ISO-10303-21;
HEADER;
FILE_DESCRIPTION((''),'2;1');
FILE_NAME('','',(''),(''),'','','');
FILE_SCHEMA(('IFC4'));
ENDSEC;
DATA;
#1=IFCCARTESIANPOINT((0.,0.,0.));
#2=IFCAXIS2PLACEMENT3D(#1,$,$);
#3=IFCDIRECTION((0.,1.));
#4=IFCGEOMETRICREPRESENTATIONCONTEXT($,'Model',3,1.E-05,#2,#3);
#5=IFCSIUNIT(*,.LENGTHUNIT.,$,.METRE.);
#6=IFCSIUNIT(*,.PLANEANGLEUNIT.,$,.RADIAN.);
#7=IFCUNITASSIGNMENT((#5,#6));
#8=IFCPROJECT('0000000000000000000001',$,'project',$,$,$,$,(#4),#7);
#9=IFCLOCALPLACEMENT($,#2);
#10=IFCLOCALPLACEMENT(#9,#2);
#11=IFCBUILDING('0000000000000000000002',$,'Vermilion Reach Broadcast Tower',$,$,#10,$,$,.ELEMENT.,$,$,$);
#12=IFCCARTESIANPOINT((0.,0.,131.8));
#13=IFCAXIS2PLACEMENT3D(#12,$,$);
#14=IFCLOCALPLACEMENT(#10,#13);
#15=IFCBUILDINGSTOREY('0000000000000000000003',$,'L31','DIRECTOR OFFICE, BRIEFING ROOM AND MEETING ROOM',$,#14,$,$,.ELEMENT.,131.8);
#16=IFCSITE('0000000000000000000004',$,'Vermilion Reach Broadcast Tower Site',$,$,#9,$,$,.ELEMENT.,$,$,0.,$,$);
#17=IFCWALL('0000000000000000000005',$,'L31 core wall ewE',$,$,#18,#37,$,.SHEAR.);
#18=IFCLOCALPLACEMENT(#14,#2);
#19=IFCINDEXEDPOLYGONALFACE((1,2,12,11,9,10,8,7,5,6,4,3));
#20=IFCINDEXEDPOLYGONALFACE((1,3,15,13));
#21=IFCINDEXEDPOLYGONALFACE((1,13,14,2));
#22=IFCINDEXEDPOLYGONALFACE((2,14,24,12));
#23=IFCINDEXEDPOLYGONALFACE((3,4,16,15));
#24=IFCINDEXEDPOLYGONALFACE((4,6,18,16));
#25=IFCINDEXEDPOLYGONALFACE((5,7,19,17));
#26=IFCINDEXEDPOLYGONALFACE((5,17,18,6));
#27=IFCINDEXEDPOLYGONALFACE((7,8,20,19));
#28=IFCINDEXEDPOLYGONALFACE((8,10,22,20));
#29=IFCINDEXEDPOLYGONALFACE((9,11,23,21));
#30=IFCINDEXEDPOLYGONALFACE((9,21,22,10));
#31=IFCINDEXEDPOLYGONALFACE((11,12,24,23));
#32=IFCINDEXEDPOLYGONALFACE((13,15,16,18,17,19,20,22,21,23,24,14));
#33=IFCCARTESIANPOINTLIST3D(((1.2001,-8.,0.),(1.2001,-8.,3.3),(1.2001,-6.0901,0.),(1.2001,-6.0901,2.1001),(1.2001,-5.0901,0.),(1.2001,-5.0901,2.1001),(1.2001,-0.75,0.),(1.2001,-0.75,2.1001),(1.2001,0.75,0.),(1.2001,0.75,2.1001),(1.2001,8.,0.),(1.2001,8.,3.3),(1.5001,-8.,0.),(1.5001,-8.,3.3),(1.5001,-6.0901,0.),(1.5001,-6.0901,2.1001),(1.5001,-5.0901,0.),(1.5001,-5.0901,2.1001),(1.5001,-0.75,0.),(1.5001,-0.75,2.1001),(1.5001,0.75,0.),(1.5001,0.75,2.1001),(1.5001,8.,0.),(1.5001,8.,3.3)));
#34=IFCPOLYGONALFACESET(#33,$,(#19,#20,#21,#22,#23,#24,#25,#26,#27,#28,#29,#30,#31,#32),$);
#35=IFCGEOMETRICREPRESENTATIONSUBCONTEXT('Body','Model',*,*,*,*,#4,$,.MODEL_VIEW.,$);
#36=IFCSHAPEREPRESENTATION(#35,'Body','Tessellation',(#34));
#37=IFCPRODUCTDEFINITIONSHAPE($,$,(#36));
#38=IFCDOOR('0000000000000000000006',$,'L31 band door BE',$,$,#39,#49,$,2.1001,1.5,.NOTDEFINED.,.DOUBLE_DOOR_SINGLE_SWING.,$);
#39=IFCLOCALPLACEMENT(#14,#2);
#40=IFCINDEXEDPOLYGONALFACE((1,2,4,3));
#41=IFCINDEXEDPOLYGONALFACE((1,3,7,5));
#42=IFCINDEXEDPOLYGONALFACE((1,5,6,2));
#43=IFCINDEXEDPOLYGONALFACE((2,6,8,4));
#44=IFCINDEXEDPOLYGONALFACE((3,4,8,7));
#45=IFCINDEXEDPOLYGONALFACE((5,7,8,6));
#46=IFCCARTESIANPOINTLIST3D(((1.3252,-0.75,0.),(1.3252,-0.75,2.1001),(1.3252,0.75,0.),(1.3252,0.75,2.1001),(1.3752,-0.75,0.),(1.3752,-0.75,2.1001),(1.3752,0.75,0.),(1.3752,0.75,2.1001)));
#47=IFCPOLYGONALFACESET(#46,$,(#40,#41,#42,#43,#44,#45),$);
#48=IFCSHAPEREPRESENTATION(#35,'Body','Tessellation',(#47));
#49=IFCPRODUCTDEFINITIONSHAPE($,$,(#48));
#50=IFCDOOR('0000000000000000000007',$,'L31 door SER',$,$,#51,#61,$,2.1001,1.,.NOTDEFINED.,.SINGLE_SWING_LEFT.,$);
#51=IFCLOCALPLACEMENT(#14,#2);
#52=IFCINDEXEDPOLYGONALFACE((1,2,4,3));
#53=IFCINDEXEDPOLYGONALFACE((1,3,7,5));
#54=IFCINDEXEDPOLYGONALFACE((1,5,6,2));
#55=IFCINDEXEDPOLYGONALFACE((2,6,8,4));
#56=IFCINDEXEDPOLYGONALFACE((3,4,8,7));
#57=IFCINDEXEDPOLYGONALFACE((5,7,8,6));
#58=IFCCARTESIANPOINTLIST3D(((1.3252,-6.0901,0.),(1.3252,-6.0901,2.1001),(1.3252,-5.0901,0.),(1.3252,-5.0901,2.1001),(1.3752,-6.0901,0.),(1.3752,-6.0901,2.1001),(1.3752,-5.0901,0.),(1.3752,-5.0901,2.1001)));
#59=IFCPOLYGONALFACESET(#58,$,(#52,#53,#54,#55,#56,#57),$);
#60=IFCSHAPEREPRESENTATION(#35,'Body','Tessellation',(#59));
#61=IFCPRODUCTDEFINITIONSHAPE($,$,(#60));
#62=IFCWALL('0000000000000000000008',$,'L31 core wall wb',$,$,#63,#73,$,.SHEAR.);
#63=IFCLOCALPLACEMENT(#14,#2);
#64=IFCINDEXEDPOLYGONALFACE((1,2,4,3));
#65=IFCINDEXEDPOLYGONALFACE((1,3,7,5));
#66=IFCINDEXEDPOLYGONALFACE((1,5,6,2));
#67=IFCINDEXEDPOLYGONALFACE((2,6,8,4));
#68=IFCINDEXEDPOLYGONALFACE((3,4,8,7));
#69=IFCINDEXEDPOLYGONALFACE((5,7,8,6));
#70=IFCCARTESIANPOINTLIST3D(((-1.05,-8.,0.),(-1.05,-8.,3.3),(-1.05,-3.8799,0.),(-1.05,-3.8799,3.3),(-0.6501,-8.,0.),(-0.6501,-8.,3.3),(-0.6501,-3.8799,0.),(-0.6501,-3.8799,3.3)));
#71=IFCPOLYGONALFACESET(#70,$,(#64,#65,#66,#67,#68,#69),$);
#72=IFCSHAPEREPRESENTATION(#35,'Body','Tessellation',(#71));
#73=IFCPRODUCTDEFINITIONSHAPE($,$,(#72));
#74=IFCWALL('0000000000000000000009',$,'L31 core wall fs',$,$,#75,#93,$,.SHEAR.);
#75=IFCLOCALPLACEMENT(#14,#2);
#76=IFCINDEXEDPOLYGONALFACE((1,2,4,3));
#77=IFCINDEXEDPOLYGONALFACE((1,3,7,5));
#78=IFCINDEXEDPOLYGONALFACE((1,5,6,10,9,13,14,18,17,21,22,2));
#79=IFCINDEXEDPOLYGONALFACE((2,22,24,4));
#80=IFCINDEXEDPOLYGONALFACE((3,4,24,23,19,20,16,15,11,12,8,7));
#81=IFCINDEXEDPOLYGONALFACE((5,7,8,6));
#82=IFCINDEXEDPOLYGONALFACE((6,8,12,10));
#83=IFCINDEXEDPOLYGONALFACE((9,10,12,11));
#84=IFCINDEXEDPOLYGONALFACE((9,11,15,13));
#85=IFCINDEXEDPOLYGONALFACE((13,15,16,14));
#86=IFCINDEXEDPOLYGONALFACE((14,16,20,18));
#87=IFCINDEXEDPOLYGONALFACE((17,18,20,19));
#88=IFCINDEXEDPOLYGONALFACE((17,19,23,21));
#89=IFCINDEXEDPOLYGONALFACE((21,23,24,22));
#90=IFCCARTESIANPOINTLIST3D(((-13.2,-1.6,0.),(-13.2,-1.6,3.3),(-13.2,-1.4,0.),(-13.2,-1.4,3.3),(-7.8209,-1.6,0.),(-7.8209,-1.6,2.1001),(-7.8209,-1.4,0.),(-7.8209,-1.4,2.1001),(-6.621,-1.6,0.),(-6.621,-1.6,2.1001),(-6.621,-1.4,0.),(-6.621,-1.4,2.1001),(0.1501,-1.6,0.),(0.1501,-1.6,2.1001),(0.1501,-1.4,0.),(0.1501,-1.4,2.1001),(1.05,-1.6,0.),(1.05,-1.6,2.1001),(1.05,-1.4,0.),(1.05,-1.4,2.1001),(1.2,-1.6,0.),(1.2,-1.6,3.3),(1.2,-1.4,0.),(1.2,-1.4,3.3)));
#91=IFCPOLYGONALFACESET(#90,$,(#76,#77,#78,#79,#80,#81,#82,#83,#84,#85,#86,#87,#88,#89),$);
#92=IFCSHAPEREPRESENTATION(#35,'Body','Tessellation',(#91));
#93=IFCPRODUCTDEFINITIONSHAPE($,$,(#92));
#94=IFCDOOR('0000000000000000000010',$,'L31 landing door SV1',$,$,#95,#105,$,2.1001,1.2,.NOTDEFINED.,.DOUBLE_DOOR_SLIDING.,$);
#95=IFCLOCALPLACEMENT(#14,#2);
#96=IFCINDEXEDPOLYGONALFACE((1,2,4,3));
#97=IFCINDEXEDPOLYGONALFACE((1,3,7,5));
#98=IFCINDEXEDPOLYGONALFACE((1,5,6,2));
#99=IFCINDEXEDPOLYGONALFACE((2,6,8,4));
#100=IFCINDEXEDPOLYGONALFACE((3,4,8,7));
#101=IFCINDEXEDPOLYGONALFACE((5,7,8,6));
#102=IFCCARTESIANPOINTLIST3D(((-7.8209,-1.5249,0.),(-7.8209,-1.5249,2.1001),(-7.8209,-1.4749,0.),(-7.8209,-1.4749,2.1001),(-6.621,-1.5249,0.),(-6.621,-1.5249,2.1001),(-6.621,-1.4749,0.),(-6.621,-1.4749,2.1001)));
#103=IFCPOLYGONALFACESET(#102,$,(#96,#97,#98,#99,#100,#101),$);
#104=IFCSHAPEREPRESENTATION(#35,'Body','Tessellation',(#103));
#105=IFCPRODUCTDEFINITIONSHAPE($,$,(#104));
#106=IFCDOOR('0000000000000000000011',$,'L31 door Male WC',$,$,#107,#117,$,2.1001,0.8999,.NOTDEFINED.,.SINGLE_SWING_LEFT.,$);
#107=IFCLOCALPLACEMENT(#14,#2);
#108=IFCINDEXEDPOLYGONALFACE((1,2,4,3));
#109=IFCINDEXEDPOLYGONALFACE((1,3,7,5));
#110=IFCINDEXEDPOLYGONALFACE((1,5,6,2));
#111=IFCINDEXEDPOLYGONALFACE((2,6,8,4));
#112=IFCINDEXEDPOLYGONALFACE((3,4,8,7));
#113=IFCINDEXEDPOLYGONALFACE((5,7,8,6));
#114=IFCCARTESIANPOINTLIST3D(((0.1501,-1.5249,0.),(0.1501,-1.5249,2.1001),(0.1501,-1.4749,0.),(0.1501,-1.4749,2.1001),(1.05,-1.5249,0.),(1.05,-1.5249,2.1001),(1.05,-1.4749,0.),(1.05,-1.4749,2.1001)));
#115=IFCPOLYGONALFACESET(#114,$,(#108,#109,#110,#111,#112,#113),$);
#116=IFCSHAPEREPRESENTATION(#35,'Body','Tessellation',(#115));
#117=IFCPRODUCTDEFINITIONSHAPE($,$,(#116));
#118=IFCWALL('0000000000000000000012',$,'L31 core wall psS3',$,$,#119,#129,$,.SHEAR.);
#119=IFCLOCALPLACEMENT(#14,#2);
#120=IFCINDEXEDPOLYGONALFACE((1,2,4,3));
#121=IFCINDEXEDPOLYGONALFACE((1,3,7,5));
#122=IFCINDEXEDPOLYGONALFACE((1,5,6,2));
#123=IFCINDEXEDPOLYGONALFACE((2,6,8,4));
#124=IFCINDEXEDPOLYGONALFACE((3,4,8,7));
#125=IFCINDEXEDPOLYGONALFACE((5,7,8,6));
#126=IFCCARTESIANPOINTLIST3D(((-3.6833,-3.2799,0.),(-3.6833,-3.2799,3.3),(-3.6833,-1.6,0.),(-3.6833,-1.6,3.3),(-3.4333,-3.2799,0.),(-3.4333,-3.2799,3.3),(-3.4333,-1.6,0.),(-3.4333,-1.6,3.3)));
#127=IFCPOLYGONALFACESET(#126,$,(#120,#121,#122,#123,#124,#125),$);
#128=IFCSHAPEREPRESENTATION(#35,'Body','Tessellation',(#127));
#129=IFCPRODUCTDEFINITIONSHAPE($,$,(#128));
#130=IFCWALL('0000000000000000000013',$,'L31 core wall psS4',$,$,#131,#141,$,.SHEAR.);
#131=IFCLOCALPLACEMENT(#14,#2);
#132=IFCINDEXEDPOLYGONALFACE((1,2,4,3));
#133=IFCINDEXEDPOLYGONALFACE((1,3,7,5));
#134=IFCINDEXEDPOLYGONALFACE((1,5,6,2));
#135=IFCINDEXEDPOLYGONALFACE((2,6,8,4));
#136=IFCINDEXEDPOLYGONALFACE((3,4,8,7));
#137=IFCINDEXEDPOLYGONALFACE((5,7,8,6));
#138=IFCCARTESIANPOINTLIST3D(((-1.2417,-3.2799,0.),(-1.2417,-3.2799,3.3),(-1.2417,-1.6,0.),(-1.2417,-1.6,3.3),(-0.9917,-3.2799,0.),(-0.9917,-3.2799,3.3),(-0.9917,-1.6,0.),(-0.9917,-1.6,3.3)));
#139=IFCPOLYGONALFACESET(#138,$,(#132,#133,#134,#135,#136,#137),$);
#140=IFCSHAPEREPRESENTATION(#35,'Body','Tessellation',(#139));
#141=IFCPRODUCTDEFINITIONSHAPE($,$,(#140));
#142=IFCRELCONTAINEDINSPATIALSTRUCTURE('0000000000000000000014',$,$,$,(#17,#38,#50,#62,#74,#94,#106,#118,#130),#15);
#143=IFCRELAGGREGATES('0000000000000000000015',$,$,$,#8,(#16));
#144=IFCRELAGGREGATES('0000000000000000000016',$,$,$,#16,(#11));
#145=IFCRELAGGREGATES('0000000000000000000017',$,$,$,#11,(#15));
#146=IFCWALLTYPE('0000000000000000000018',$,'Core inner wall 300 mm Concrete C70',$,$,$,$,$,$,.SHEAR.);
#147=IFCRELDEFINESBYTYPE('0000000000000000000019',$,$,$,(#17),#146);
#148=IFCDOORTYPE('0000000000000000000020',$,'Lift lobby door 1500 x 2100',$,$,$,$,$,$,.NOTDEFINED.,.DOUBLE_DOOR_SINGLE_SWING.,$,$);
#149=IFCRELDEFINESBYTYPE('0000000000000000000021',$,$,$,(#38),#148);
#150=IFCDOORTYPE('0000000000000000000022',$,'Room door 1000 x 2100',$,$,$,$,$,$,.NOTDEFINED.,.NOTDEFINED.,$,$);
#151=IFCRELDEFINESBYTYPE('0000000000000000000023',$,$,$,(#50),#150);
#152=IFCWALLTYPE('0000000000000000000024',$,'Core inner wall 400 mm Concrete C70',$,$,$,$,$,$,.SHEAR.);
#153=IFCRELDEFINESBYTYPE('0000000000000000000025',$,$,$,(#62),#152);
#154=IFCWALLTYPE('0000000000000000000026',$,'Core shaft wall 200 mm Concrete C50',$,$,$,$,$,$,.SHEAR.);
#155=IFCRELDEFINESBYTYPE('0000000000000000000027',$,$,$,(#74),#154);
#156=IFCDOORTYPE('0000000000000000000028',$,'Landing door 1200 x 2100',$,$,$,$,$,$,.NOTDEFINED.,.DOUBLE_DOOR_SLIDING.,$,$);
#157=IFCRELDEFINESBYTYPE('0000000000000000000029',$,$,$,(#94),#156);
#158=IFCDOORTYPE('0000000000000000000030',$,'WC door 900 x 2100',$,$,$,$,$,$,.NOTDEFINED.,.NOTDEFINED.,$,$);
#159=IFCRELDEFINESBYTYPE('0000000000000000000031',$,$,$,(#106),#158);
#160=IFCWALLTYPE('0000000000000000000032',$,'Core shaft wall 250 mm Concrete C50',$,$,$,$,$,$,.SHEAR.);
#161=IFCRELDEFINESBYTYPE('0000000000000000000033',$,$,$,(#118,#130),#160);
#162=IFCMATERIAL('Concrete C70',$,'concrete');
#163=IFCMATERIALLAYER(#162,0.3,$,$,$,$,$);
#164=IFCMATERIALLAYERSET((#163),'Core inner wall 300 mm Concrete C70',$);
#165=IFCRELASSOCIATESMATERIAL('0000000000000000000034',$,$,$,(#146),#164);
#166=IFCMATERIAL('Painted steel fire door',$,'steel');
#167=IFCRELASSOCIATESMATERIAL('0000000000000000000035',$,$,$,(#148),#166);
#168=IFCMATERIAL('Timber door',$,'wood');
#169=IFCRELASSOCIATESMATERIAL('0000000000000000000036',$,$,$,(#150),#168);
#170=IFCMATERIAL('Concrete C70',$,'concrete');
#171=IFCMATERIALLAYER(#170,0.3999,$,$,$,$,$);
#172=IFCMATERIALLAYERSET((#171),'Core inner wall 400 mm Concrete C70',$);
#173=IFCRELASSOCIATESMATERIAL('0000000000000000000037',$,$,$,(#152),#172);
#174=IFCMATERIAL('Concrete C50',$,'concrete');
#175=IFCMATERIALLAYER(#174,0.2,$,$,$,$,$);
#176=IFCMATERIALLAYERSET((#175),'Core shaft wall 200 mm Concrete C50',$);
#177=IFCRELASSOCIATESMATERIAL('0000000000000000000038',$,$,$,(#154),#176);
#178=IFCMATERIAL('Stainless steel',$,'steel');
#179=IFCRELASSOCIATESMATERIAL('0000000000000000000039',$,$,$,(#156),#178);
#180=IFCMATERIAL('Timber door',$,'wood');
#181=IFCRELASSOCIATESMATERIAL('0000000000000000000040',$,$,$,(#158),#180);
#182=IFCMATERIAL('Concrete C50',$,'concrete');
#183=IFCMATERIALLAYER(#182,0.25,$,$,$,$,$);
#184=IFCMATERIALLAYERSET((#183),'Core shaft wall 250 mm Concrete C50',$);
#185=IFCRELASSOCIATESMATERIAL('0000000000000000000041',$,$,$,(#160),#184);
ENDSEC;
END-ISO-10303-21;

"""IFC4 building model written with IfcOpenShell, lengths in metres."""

from ifc_helpers import new_model, si_unit, direction, frame, frame_2d, origin, place, context, subcontext, project, spatial, rectangle, extrude, material, layer, layer_set, type_object, element, fill, save


model = new_model("IFC4")

# Units and contexts
model_context = context("Model", 3, precision=1e-05, world=origin(), true_north=direction((0.0, 1.0)))
body_context = subcontext(model_context, "Body", "Model", "MODEL_VIEW")
ifc_project = project(units=[si_unit("LENGTHUNIT", "METRE"), si_unit("PLANEANGLEUNIT", "RADIAN")], contexts=[model_context])

# Site, building, storey
site_placement = place(None, origin())
site = spatial("IfcSite", under=ifc_project, at=site_placement, Name="Vermilion Reach Broadcast Tower Site", CompositionType="ELEMENT", RefElevation=0.0)
building_placement = place(site_placement, origin())
building = spatial("IfcBuilding", under=site, at=building_placement, Name="Vermilion Reach Broadcast Tower", CompositionType="ELEMENT")
storey_placement = place(building_placement, frame((0.0, 0.0, 131.8)))
storey = spatial("IfcBuildingStorey", under=building, at=storey_placement, Name="L31", Description="DIRECTOR OFFICE, BRIEFING ROOM AND MEETING ROOM", CompositionType="ELEMENT", Elevation=131.8)

# Wall, openings, doors
ifc_material_1 = material(Name="Concrete C70", Category="concrete")
ifc_layer_1 = layer(ifc_material_1, 0.3)
ifc_layer_set_1 = layer_set([ifc_layer_1], Name="Core inner wall 300 mm Concrete C70")
wall_type_1 = type_object("IfcWallType", Name="Core inner wall 300 mm Concrete C70", PredefinedType="SHEAR", material=ifc_layer_set_1)
wall_1_placement = place(storey_placement, frame((1.3501, -8.0, 0.0), z_axis=(0.0, 0.0, 1.0), x_axis=(0.0, 1.0, 0.0)))
wall_1 = element("IfcWall", 1, at=wall_1_placement, inside=storey, type_object=wall_type_1, Name="L31 core wall ewE", PredefinedType="SHEAR", context=body_context, shape_type="SweptSolid", body=[
    extrude(rectangle(XDim=16.0, YDim=0.3, at=frame_2d((8.0, 0.0))), origin(), (0.0, 0.0, 1.0), 3.3),
])
opening_1_placement = place(wall_1_placement, frame((1.9099, 0.0, 0.0)))
opening_1 = element("IfcOpeningElement", 2, at=opening_1_placement, cuts=wall_1, PredefinedType="OPENING", context=body_context, shape_type="SweptSolid", body=[
    extrude(rectangle(XDim=1.0, YDim=2.1001, at=frame_2d((0.5, 1.05))), frame((0.0, 0.1599, 0.0), z_axis=(0.0, -1.0, 0.0), x_axis=(1.0, 0.0, 0.0)), (0.0, 0.0, 1.0), 0.3201),
])
opening_2_placement = place(wall_1_placement, frame((7.25, 0.0, 0.0)))
opening_2 = element("IfcOpeningElement", 3, at=opening_2_placement, cuts=wall_1, PredefinedType="OPENING", context=body_context, shape_type="SweptSolid", body=[
    extrude(rectangle(XDim=1.5, YDim=2.1001, at=frame_2d((0.75, 1.05))), frame((0.0, 0.1599, 0.0), z_axis=(0.0, -1.0, 0.0), x_axis=(1.0, 0.0, 0.0)), (0.0, 0.0, 1.0), 0.3201),
])
ifc_material_2 = material(Name="Painted steel fire door", Category="steel")
door_type_1 = type_object("IfcDoorType", Name="Lift lobby door 1500 x 2100", OperationType="DOUBLE_DOOR_SINGLE_SWING", PredefinedType="NOTDEFINED", material=ifc_material_2)
door_1_placement = place(opening_2_placement, origin())
door_1 = element("IfcDoor", 4, at=door_1_placement, inside=storey, type_object=door_type_1, Name="L31 band door BE", OperationType="DOUBLE_DOOR_SINGLE_SWING", OverallHeight=2.1001, OverallWidth=1.5, PredefinedType="NOTDEFINED", context=body_context, shape_type="SweptSolid", body=[
    extrude(rectangle(XDim=1.5, YDim=2.1001, at=frame_2d((0.75, 1.05))), frame((0.0, 0.0249, 0.0), z_axis=(0.0, -1.0, 0.0), x_axis=(1.0, 0.0, 0.0)), (0.0, 0.0, 1.0), 0.05),
])
fill(opening_2, door_1)
ifc_material_3 = material(Name="Timber door", Category="wood")
door_type_2 = type_object("IfcDoorType", Name="Room door 1000 x 2100", OperationType="NOTDEFINED", PredefinedType="NOTDEFINED", material=ifc_material_3)
door_2_placement = place(opening_1_placement, origin())
door_2 = element("IfcDoor", 5, at=door_2_placement, inside=storey, type_object=door_type_2, Name="L31 door SER", OperationType="SINGLE_SWING_LEFT", OverallHeight=2.1001, OverallWidth=1.0, PredefinedType="NOTDEFINED", context=body_context, shape_type="SweptSolid", body=[
    extrude(rectangle(XDim=1.0, YDim=2.1001, at=frame_2d((0.5, 1.05))), frame((0.0, 0.0249, 0.0), z_axis=(0.0, -1.0, 0.0), x_axis=(1.0, 0.0, 0.0)), (0.0, 0.0, 1.0), 0.05),
])
fill(opening_1, door_2)

# Wall
ifc_material_4 = material(Name="Concrete C70", Category="concrete")
ifc_layer_2 = layer(ifc_material_4, 0.3999)
ifc_layer_set_2 = layer_set([ifc_layer_2], Name="Core inner wall 400 mm Concrete C70")
wall_type_2 = type_object("IfcWallType", Name="Core inner wall 400 mm Concrete C70", PredefinedType="SHEAR", material=ifc_layer_set_2)
wall_2_placement = place(storey_placement, frame((-0.8501, -3.8799, 0.0), z_axis=(0.0, 0.0, 1.0), x_axis=(0.0, -1.0, 0.0)))
element("IfcWall", 6, at=wall_2_placement, inside=storey, type_object=wall_type_2, Name="L31 core wall wb", PredefinedType="SHEAR", context=body_context, shape_type="SweptSolid", body=[
    extrude(rectangle(XDim=4.1201, YDim=0.3999, at=frame_2d((2.0601, 0.0))), origin(), (0.0, 0.0, 1.0), 3.3),
])

# Wall, openings, doors
ifc_material_5 = material(Name="Concrete C50", Category="concrete")
ifc_layer_3 = layer(ifc_material_5, 0.2)
ifc_layer_set_3 = layer_set([ifc_layer_3], Name="Core shaft wall 200 mm Concrete C50")
wall_type_3 = type_object("IfcWallType", Name="Core shaft wall 200 mm Concrete C50", PredefinedType="SHEAR", material=ifc_layer_set_3)
wall_3_placement = place(storey_placement, frame((1.2, -1.5, 0.0), z_axis=(0.0, 0.0, 1.0), x_axis=(-1.0, 0.0, 0.0)))
wall_3 = element("IfcWall", 7, at=wall_3_placement, inside=storey, type_object=wall_type_3, Name="L31 core wall fs", PredefinedType="SHEAR", context=body_context, shape_type="SweptSolid", body=[
    extrude(rectangle(XDim=14.3999, YDim=0.2, at=frame_2d((7.2, 0.0))), origin(), (0.0, 0.0, 1.0), 3.3),
])
opening_3_placement = place(wall_3_placement, frame((7.8208, 0.0, 0.0)))
opening_3 = element("IfcOpeningElement", 8, at=opening_3_placement, cuts=wall_3, PredefinedType="OPENING", context=body_context, shape_type="SweptSolid", body=[
    extrude(rectangle(XDim=1.2, YDim=2.1001, at=frame_2d((0.6001, 1.05))), frame((0.0, 0.1099, 0.0), z_axis=(0.0, -1.0, 0.0), x_axis=(1.0, 0.0, 0.0)), (0.0, 0.0, 1.0), 0.22),
])
opening_4_placement = place(wall_3_placement, frame((0.1499, 0.0, 0.0)))
opening_4 = element("IfcOpeningElement", 9, at=opening_4_placement, cuts=wall_3, PredefinedType="OPENING", context=body_context, shape_type="SweptSolid", body=[
    extrude(rectangle(XDim=0.8999, YDim=2.1001, at=frame_2d((0.45, 1.05))), frame((0.0, 0.1099, 0.0), z_axis=(0.0, -1.0, 0.0), x_axis=(1.0, 0.0, 0.0)), (0.0, 0.0, 1.0), 0.22),
])
ifc_material_6 = material(Name="Stainless steel", Category="steel")
door_type_3 = type_object("IfcDoorType", Name="Landing door 1200 x 2100", OperationType="DOUBLE_DOOR_SLIDING", PredefinedType="NOTDEFINED", material=ifc_material_6)
door_3_placement = place(opening_3_placement, origin())
door_3 = element("IfcDoor", 10, at=door_3_placement, inside=storey, type_object=door_type_3, Name="L31 landing door SV1", OperationType="DOUBLE_DOOR_SLIDING", OverallHeight=2.1001, OverallWidth=1.2, PredefinedType="NOTDEFINED", context=body_context, shape_type="SweptSolid", body=[
    extrude(rectangle(XDim=1.2, YDim=2.1001, at=frame_2d((0.6001, 1.05))), frame((0.0, 0.0249, 0.0), z_axis=(0.0, -1.0, 0.0), x_axis=(1.0, 0.0, 0.0)), (0.0, 0.0, 1.0), 0.05),
])
fill(opening_3, door_3)
ifc_material_7 = material(Name="Timber door", Category="wood")
door_type_4 = type_object("IfcDoorType", Name="WC door 900 x 2100", OperationType="NOTDEFINED", PredefinedType="NOTDEFINED", material=ifc_material_7)
door_4_placement = place(opening_4_placement, origin())
door_4 = element("IfcDoor", 11, at=door_4_placement, inside=storey, type_object=door_type_4, Name="L31 door Male WC", OperationType="SINGLE_SWING_LEFT", OverallHeight=2.1001, OverallWidth=0.8999, PredefinedType="NOTDEFINED", context=body_context, shape_type="SweptSolid", body=[
    extrude(rectangle(XDim=0.8999, YDim=2.1001, at=frame_2d((0.45, 1.05))), frame((0.0, 0.0249, 0.0), z_axis=(0.0, -1.0, 0.0), x_axis=(1.0, 0.0, 0.0)), (0.0, 0.0, 1.0), 0.05),
])
fill(opening_4, door_4)

# Walls
ifc_material_8 = material(Name="Concrete C50", Category="concrete")
ifc_layer_4 = layer(ifc_material_8, 0.25)
ifc_layer_set_4 = layer_set([ifc_layer_4], Name="Core shaft wall 250 mm Concrete C50")
wall_type_4 = type_object("IfcWallType", Name="Core shaft wall 250 mm Concrete C50", PredefinedType="SHEAR", material=ifc_layer_set_4)
for number, where, z_axis, x_axis, name in (
    (12, (-3.5583, -1.6001, 0.0), (0.0, 0.0, 1.0), (0.0, -1.0, 0.0), "L31 core wall psS3"),
    (13, (-1.1167, -1.6001, 0.0), (0.0, 0.0, 1.0), (0.0, -1.0, 0.0), "L31 core wall psS4"),
):
    element("IfcWall", number, at=place(storey_placement, frame(where, z_axis=z_axis, x_axis=x_axis)), inside=storey, type_object=wall_type_4, Name=name, PredefinedType="SHEAR", context=body_context, shape_type="SweptSolid", body=[
        extrude(rectangle(XDim=1.6799, YDim=0.25, at=frame_2d((0.8398, 0.0))), origin(), (0.0, 0.0, 1.0), 3.3),
    ])

save(model, "model.ifc")
